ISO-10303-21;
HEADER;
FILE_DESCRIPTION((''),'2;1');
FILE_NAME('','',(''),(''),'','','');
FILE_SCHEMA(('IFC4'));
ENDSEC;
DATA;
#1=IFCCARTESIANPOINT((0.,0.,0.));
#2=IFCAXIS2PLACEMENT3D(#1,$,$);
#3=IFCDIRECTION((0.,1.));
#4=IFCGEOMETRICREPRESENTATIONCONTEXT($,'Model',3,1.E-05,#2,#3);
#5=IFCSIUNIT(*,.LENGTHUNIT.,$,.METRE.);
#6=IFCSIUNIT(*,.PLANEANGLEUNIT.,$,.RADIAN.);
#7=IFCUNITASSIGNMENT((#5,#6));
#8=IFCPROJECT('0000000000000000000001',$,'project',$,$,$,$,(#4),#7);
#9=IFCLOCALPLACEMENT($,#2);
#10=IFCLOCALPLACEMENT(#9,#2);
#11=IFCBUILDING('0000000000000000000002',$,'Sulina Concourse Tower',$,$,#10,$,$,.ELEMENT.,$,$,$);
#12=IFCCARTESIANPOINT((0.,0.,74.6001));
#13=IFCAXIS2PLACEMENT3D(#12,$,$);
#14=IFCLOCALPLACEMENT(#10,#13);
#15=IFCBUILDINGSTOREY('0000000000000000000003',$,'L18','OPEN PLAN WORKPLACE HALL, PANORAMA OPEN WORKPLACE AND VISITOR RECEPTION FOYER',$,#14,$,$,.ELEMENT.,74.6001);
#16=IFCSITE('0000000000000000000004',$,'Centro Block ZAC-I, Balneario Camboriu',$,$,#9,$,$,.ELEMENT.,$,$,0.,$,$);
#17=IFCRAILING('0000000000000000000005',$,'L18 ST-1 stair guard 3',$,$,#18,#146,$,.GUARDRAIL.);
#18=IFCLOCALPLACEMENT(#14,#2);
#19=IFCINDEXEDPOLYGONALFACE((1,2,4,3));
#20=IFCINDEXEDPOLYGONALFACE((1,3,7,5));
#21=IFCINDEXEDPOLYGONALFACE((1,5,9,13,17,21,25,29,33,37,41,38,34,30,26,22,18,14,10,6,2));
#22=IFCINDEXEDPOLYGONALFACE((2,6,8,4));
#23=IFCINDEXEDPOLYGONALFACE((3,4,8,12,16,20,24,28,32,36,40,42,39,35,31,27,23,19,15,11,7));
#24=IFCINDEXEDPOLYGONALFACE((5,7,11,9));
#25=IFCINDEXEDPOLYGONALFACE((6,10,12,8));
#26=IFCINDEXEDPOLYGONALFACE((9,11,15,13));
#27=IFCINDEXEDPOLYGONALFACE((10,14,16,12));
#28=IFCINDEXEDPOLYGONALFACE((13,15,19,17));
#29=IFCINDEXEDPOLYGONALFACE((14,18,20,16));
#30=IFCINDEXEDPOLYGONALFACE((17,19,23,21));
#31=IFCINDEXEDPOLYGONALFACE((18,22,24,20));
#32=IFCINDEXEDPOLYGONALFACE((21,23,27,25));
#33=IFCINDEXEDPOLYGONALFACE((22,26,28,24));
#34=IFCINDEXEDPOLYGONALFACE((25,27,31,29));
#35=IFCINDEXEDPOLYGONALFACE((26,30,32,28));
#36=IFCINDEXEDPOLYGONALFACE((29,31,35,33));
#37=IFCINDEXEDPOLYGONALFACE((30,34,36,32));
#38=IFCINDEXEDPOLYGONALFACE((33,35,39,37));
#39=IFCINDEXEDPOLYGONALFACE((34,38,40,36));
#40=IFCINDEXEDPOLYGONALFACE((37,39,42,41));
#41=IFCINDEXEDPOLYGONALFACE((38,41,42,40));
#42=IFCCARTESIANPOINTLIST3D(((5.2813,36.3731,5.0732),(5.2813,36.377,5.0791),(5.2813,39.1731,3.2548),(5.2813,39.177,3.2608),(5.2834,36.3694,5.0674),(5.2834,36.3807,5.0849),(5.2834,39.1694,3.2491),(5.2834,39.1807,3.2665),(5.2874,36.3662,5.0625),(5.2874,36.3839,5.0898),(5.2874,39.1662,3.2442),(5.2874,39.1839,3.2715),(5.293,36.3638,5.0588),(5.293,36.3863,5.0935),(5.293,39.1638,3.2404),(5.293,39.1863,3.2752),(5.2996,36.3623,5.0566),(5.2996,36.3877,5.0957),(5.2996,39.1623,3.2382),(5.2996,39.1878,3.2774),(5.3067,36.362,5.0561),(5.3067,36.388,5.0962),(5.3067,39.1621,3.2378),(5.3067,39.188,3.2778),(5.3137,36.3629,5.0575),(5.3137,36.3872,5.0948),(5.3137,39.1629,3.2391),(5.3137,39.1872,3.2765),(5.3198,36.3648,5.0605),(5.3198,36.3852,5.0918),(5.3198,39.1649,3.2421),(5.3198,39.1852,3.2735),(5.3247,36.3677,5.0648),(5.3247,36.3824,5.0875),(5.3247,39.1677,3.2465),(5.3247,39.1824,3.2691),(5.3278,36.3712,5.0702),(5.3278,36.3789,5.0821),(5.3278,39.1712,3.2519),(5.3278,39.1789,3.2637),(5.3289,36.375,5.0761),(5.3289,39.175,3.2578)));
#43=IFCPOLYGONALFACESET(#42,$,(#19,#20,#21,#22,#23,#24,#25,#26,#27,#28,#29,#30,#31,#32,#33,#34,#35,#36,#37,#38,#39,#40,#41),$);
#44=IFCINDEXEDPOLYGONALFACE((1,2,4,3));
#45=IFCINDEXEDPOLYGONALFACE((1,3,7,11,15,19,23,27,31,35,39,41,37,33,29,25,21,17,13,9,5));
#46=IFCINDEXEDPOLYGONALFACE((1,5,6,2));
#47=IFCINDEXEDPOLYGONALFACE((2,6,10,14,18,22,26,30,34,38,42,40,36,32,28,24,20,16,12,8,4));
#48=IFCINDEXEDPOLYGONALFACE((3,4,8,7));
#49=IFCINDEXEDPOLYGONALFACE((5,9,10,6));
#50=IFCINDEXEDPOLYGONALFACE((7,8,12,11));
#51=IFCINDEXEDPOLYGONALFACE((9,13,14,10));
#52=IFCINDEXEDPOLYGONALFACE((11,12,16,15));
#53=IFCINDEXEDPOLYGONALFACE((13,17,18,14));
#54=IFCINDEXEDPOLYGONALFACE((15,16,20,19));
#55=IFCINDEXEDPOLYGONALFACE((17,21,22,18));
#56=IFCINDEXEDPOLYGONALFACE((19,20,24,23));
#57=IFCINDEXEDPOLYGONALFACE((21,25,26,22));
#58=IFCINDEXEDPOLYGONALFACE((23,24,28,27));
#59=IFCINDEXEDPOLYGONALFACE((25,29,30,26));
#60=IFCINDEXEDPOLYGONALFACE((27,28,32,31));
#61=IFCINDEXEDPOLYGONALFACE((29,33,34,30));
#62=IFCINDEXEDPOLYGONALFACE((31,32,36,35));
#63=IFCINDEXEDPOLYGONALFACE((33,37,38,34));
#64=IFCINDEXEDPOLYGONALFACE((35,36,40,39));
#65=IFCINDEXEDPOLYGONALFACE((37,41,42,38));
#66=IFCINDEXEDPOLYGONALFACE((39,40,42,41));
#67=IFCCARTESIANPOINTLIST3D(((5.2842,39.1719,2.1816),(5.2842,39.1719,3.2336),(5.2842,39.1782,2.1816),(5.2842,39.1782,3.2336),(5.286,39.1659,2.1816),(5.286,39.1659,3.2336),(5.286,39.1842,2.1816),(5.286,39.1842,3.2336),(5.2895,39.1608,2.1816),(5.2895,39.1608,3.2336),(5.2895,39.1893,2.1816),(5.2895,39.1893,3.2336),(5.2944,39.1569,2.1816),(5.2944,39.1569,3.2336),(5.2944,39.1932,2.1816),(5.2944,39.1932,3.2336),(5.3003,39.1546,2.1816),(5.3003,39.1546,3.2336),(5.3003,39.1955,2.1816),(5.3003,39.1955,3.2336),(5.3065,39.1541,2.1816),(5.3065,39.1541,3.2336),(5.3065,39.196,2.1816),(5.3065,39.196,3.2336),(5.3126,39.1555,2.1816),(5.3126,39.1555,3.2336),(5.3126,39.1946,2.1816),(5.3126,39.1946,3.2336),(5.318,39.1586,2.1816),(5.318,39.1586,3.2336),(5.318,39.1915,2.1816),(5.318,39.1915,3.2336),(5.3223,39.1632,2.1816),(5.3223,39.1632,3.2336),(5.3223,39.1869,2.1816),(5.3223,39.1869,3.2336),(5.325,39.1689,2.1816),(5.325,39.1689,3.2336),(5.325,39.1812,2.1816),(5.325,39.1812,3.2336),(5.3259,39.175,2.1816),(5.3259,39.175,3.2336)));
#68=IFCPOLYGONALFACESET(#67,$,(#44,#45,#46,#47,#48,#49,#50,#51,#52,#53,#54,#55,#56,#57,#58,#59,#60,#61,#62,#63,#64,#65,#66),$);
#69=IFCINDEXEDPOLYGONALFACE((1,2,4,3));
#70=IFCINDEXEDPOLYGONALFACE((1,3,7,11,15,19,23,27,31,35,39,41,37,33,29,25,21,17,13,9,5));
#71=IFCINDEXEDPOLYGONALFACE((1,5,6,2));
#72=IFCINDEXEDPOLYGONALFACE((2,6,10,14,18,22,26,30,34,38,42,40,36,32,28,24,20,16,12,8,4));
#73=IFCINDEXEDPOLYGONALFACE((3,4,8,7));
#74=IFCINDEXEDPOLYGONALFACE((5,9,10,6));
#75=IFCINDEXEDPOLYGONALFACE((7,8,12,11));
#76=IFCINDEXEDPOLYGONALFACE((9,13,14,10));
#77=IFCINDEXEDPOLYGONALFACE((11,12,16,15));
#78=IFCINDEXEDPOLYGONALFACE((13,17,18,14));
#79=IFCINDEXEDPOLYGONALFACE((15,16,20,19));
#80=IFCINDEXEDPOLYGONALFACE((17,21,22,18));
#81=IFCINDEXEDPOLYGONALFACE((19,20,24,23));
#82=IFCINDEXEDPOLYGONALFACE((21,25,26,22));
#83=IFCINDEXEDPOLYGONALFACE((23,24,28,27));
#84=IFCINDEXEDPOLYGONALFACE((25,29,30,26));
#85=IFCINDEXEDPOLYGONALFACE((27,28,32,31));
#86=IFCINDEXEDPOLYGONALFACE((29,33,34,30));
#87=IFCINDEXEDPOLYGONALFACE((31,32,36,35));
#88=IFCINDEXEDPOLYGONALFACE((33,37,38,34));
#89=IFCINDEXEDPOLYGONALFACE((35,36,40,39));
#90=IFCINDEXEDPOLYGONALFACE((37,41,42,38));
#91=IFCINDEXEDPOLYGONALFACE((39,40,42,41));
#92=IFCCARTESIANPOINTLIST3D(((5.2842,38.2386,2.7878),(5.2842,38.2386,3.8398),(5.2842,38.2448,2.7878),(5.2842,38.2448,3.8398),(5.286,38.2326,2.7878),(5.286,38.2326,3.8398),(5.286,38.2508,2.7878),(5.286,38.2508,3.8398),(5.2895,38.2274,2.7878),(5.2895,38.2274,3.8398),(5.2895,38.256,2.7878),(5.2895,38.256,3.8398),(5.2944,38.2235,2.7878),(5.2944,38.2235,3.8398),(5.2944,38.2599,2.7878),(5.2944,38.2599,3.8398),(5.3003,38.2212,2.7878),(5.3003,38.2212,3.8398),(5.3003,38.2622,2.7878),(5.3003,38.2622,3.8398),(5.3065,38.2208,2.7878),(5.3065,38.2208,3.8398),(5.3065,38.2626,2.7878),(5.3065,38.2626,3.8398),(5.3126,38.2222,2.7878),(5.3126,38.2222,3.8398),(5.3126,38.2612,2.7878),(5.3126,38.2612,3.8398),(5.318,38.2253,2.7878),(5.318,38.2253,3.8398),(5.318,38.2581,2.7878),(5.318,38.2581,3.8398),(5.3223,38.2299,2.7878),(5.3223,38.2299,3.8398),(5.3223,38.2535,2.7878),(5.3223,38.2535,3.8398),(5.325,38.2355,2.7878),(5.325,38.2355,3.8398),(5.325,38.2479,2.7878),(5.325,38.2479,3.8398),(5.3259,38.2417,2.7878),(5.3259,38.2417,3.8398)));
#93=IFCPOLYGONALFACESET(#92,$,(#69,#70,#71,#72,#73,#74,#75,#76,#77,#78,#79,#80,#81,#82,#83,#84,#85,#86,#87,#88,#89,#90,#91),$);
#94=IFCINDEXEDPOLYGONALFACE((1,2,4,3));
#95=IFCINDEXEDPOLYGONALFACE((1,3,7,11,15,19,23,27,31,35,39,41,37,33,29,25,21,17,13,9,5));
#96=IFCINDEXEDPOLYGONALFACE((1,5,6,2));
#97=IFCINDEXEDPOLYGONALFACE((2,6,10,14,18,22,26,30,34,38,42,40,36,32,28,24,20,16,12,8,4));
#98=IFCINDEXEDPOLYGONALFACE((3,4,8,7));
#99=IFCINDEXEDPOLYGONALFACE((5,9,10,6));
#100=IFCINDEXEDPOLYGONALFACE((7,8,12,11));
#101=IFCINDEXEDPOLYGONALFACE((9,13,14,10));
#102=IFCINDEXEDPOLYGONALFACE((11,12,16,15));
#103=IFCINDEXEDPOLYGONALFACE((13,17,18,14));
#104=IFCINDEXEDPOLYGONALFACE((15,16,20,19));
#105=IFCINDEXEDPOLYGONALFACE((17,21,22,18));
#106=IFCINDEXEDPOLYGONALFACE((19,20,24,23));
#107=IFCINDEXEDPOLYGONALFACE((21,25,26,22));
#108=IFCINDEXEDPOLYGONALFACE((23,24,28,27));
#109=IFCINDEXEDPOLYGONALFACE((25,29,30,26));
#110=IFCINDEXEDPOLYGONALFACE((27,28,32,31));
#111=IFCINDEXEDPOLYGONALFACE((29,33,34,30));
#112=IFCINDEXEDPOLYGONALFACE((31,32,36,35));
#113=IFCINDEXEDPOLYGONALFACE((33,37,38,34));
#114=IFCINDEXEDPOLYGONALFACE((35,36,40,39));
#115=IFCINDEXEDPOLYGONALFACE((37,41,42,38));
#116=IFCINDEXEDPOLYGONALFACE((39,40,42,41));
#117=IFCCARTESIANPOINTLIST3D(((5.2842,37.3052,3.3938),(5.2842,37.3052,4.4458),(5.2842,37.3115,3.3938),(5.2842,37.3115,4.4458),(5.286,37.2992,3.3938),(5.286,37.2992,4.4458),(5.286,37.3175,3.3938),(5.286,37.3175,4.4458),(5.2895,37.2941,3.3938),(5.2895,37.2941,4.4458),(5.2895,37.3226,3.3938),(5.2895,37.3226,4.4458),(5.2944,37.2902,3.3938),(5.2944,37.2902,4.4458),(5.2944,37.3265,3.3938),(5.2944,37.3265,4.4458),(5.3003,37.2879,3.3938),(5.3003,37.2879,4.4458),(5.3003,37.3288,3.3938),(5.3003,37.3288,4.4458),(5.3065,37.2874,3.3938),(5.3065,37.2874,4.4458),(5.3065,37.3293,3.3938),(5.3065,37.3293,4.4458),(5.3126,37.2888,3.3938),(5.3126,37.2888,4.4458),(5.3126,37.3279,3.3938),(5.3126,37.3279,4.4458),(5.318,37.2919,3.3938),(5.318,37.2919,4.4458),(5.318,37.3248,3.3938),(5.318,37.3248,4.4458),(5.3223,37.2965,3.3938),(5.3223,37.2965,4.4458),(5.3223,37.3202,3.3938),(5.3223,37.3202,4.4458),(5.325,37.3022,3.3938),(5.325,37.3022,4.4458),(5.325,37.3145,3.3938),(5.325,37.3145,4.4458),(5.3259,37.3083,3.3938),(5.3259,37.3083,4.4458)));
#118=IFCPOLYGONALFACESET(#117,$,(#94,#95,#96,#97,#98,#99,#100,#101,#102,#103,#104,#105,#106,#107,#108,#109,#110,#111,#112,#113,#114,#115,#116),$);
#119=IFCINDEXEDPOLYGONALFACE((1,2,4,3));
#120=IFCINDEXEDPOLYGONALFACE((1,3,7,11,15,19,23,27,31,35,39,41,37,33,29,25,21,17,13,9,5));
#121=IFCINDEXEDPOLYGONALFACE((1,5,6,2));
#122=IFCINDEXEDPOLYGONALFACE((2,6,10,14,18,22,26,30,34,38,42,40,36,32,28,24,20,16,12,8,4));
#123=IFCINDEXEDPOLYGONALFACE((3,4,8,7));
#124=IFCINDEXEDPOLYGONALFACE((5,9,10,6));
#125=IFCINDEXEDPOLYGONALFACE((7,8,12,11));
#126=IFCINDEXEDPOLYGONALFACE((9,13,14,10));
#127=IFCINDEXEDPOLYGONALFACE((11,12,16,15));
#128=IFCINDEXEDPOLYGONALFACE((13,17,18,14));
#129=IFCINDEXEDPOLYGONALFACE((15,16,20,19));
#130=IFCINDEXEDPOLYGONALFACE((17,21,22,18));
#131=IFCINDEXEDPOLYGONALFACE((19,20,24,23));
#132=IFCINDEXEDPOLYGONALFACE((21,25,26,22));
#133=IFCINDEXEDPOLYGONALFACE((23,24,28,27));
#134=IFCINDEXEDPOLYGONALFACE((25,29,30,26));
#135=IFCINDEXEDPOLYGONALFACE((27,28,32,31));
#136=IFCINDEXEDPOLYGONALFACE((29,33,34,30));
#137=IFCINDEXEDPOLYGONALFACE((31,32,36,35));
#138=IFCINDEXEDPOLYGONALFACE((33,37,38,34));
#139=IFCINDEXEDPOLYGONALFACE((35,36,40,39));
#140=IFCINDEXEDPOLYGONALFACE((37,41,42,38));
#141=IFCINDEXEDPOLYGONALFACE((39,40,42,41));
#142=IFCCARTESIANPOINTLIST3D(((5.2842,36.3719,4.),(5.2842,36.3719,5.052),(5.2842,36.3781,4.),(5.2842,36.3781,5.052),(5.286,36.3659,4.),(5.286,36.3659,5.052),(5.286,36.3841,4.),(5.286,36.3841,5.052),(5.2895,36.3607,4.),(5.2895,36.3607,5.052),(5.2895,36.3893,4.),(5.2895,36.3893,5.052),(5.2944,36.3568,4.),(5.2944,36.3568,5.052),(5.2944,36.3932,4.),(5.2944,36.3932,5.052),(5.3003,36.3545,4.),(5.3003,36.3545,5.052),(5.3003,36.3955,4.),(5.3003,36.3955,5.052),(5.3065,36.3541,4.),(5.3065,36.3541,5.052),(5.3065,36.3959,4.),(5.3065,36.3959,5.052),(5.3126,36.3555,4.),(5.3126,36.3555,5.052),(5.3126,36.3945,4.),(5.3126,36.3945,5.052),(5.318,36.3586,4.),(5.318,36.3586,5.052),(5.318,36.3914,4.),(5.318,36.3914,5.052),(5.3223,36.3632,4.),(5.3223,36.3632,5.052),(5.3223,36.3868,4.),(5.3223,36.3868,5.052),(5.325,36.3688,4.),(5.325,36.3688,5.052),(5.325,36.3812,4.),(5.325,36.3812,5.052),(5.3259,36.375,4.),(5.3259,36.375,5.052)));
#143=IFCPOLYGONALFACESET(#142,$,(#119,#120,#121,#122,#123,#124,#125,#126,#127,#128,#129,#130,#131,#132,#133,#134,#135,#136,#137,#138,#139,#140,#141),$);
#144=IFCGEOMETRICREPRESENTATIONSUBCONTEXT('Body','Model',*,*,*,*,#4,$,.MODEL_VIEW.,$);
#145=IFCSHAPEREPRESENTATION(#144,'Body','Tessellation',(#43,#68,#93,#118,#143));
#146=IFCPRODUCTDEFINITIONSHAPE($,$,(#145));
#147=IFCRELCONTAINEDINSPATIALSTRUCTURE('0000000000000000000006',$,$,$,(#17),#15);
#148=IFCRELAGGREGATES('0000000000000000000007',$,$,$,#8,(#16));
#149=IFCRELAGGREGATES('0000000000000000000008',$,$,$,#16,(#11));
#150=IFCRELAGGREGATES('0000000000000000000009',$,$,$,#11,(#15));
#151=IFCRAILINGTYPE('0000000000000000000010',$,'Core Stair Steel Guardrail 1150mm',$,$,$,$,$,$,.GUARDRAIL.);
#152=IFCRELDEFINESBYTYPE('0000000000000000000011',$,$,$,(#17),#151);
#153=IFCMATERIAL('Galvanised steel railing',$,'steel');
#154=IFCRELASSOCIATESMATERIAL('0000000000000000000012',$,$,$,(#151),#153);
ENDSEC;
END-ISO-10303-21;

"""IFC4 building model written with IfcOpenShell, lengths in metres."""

from ifc_helpers import new_model, si_unit, direction, frame, origin, origin_2d, place, context, subcontext, project, spatial, circle, extrude, material, type_object, element, save


model = new_model("IFC4")

# Units and contexts
model_context = context("Model", 3, precision=1e-05, world=origin(), true_north=direction((0.0, 1.0)))
body_context = subcontext(model_context, "Body", "Model", "MODEL_VIEW")
ifc_project = project(units=[si_unit("LENGTHUNIT", "METRE"), si_unit("PLANEANGLEUNIT", "RADIAN")], contexts=[model_context])

# Site, building, storey
site_placement = place(None, origin())
site = spatial("IfcSite", under=ifc_project, at=site_placement, Name="Centro Block ZAC-I, Balneario Camboriu", CompositionType="ELEMENT", RefElevation=0.0)
building_placement = place(site_placement, origin())
building = spatial("IfcBuilding", under=site, at=building_placement, Name="Sulina Concourse Tower", CompositionType="ELEMENT")
storey_placement = place(building_placement, frame((0.0, 0.0, 74.6001)))
storey = spatial("IfcBuildingStorey", under=building, at=storey_placement, Name="L18", Description="OPEN PLAN WORKPLACE HALL, PANORAMA OPEN WORKPLACE AND VISITOR RECEPTION FOYER", CompositionType="ELEMENT", Elevation=74.6001)

# Railing
ifc_material_1 = material(Name="Galvanised steel railing", Category="steel")
railing_type_1 = type_object("IfcRailingType", Name="Core Stair Steel Guardrail 1150mm", PredefinedType="GUARDRAIL", material=ifc_material_1)
railing_1_placement = place(storey_placement, frame((5.3049, 39.175, 2.1816)))
element("IfcRailing", 1, at=railing_1_placement, inside=storey, type_object=railing_type_1, Name="L18 ST-1 stair guard 3", PredefinedType="GUARDRAIL", context=body_context, shape_type="SweptSolid", body=[
    extrude(circle(Radius=0.0239, at=origin_2d()), frame((0.0, 0.0, 1.0762), z_axis=(0.0, -0.838672, 0.544636), x_axis=(1.0, 0.0, 0.0)), (0.0, 0.0, 1.0), 3.3386),
    extrude(circle(Radius=0.021, at=origin_2d()), origin(), (0.0, 0.0, 1.0), 1.052),
    extrude(circle(Radius=0.021, at=origin_2d()), frame((0.0, -0.9333, 0.6062)), (0.0, 0.0, 1.0), 1.052),
    extrude(circle(Radius=0.021, at=origin_2d()), frame((0.0, -1.8667, 1.2122)), (0.0, 0.0, 1.0), 1.052),
    extrude(circle(Radius=0.021, at=origin_2d()), frame((0.0, -2.8, 1.8184)), (0.0, 0.0, 1.0), 1.052),
])

save(model, "model.ifc")
